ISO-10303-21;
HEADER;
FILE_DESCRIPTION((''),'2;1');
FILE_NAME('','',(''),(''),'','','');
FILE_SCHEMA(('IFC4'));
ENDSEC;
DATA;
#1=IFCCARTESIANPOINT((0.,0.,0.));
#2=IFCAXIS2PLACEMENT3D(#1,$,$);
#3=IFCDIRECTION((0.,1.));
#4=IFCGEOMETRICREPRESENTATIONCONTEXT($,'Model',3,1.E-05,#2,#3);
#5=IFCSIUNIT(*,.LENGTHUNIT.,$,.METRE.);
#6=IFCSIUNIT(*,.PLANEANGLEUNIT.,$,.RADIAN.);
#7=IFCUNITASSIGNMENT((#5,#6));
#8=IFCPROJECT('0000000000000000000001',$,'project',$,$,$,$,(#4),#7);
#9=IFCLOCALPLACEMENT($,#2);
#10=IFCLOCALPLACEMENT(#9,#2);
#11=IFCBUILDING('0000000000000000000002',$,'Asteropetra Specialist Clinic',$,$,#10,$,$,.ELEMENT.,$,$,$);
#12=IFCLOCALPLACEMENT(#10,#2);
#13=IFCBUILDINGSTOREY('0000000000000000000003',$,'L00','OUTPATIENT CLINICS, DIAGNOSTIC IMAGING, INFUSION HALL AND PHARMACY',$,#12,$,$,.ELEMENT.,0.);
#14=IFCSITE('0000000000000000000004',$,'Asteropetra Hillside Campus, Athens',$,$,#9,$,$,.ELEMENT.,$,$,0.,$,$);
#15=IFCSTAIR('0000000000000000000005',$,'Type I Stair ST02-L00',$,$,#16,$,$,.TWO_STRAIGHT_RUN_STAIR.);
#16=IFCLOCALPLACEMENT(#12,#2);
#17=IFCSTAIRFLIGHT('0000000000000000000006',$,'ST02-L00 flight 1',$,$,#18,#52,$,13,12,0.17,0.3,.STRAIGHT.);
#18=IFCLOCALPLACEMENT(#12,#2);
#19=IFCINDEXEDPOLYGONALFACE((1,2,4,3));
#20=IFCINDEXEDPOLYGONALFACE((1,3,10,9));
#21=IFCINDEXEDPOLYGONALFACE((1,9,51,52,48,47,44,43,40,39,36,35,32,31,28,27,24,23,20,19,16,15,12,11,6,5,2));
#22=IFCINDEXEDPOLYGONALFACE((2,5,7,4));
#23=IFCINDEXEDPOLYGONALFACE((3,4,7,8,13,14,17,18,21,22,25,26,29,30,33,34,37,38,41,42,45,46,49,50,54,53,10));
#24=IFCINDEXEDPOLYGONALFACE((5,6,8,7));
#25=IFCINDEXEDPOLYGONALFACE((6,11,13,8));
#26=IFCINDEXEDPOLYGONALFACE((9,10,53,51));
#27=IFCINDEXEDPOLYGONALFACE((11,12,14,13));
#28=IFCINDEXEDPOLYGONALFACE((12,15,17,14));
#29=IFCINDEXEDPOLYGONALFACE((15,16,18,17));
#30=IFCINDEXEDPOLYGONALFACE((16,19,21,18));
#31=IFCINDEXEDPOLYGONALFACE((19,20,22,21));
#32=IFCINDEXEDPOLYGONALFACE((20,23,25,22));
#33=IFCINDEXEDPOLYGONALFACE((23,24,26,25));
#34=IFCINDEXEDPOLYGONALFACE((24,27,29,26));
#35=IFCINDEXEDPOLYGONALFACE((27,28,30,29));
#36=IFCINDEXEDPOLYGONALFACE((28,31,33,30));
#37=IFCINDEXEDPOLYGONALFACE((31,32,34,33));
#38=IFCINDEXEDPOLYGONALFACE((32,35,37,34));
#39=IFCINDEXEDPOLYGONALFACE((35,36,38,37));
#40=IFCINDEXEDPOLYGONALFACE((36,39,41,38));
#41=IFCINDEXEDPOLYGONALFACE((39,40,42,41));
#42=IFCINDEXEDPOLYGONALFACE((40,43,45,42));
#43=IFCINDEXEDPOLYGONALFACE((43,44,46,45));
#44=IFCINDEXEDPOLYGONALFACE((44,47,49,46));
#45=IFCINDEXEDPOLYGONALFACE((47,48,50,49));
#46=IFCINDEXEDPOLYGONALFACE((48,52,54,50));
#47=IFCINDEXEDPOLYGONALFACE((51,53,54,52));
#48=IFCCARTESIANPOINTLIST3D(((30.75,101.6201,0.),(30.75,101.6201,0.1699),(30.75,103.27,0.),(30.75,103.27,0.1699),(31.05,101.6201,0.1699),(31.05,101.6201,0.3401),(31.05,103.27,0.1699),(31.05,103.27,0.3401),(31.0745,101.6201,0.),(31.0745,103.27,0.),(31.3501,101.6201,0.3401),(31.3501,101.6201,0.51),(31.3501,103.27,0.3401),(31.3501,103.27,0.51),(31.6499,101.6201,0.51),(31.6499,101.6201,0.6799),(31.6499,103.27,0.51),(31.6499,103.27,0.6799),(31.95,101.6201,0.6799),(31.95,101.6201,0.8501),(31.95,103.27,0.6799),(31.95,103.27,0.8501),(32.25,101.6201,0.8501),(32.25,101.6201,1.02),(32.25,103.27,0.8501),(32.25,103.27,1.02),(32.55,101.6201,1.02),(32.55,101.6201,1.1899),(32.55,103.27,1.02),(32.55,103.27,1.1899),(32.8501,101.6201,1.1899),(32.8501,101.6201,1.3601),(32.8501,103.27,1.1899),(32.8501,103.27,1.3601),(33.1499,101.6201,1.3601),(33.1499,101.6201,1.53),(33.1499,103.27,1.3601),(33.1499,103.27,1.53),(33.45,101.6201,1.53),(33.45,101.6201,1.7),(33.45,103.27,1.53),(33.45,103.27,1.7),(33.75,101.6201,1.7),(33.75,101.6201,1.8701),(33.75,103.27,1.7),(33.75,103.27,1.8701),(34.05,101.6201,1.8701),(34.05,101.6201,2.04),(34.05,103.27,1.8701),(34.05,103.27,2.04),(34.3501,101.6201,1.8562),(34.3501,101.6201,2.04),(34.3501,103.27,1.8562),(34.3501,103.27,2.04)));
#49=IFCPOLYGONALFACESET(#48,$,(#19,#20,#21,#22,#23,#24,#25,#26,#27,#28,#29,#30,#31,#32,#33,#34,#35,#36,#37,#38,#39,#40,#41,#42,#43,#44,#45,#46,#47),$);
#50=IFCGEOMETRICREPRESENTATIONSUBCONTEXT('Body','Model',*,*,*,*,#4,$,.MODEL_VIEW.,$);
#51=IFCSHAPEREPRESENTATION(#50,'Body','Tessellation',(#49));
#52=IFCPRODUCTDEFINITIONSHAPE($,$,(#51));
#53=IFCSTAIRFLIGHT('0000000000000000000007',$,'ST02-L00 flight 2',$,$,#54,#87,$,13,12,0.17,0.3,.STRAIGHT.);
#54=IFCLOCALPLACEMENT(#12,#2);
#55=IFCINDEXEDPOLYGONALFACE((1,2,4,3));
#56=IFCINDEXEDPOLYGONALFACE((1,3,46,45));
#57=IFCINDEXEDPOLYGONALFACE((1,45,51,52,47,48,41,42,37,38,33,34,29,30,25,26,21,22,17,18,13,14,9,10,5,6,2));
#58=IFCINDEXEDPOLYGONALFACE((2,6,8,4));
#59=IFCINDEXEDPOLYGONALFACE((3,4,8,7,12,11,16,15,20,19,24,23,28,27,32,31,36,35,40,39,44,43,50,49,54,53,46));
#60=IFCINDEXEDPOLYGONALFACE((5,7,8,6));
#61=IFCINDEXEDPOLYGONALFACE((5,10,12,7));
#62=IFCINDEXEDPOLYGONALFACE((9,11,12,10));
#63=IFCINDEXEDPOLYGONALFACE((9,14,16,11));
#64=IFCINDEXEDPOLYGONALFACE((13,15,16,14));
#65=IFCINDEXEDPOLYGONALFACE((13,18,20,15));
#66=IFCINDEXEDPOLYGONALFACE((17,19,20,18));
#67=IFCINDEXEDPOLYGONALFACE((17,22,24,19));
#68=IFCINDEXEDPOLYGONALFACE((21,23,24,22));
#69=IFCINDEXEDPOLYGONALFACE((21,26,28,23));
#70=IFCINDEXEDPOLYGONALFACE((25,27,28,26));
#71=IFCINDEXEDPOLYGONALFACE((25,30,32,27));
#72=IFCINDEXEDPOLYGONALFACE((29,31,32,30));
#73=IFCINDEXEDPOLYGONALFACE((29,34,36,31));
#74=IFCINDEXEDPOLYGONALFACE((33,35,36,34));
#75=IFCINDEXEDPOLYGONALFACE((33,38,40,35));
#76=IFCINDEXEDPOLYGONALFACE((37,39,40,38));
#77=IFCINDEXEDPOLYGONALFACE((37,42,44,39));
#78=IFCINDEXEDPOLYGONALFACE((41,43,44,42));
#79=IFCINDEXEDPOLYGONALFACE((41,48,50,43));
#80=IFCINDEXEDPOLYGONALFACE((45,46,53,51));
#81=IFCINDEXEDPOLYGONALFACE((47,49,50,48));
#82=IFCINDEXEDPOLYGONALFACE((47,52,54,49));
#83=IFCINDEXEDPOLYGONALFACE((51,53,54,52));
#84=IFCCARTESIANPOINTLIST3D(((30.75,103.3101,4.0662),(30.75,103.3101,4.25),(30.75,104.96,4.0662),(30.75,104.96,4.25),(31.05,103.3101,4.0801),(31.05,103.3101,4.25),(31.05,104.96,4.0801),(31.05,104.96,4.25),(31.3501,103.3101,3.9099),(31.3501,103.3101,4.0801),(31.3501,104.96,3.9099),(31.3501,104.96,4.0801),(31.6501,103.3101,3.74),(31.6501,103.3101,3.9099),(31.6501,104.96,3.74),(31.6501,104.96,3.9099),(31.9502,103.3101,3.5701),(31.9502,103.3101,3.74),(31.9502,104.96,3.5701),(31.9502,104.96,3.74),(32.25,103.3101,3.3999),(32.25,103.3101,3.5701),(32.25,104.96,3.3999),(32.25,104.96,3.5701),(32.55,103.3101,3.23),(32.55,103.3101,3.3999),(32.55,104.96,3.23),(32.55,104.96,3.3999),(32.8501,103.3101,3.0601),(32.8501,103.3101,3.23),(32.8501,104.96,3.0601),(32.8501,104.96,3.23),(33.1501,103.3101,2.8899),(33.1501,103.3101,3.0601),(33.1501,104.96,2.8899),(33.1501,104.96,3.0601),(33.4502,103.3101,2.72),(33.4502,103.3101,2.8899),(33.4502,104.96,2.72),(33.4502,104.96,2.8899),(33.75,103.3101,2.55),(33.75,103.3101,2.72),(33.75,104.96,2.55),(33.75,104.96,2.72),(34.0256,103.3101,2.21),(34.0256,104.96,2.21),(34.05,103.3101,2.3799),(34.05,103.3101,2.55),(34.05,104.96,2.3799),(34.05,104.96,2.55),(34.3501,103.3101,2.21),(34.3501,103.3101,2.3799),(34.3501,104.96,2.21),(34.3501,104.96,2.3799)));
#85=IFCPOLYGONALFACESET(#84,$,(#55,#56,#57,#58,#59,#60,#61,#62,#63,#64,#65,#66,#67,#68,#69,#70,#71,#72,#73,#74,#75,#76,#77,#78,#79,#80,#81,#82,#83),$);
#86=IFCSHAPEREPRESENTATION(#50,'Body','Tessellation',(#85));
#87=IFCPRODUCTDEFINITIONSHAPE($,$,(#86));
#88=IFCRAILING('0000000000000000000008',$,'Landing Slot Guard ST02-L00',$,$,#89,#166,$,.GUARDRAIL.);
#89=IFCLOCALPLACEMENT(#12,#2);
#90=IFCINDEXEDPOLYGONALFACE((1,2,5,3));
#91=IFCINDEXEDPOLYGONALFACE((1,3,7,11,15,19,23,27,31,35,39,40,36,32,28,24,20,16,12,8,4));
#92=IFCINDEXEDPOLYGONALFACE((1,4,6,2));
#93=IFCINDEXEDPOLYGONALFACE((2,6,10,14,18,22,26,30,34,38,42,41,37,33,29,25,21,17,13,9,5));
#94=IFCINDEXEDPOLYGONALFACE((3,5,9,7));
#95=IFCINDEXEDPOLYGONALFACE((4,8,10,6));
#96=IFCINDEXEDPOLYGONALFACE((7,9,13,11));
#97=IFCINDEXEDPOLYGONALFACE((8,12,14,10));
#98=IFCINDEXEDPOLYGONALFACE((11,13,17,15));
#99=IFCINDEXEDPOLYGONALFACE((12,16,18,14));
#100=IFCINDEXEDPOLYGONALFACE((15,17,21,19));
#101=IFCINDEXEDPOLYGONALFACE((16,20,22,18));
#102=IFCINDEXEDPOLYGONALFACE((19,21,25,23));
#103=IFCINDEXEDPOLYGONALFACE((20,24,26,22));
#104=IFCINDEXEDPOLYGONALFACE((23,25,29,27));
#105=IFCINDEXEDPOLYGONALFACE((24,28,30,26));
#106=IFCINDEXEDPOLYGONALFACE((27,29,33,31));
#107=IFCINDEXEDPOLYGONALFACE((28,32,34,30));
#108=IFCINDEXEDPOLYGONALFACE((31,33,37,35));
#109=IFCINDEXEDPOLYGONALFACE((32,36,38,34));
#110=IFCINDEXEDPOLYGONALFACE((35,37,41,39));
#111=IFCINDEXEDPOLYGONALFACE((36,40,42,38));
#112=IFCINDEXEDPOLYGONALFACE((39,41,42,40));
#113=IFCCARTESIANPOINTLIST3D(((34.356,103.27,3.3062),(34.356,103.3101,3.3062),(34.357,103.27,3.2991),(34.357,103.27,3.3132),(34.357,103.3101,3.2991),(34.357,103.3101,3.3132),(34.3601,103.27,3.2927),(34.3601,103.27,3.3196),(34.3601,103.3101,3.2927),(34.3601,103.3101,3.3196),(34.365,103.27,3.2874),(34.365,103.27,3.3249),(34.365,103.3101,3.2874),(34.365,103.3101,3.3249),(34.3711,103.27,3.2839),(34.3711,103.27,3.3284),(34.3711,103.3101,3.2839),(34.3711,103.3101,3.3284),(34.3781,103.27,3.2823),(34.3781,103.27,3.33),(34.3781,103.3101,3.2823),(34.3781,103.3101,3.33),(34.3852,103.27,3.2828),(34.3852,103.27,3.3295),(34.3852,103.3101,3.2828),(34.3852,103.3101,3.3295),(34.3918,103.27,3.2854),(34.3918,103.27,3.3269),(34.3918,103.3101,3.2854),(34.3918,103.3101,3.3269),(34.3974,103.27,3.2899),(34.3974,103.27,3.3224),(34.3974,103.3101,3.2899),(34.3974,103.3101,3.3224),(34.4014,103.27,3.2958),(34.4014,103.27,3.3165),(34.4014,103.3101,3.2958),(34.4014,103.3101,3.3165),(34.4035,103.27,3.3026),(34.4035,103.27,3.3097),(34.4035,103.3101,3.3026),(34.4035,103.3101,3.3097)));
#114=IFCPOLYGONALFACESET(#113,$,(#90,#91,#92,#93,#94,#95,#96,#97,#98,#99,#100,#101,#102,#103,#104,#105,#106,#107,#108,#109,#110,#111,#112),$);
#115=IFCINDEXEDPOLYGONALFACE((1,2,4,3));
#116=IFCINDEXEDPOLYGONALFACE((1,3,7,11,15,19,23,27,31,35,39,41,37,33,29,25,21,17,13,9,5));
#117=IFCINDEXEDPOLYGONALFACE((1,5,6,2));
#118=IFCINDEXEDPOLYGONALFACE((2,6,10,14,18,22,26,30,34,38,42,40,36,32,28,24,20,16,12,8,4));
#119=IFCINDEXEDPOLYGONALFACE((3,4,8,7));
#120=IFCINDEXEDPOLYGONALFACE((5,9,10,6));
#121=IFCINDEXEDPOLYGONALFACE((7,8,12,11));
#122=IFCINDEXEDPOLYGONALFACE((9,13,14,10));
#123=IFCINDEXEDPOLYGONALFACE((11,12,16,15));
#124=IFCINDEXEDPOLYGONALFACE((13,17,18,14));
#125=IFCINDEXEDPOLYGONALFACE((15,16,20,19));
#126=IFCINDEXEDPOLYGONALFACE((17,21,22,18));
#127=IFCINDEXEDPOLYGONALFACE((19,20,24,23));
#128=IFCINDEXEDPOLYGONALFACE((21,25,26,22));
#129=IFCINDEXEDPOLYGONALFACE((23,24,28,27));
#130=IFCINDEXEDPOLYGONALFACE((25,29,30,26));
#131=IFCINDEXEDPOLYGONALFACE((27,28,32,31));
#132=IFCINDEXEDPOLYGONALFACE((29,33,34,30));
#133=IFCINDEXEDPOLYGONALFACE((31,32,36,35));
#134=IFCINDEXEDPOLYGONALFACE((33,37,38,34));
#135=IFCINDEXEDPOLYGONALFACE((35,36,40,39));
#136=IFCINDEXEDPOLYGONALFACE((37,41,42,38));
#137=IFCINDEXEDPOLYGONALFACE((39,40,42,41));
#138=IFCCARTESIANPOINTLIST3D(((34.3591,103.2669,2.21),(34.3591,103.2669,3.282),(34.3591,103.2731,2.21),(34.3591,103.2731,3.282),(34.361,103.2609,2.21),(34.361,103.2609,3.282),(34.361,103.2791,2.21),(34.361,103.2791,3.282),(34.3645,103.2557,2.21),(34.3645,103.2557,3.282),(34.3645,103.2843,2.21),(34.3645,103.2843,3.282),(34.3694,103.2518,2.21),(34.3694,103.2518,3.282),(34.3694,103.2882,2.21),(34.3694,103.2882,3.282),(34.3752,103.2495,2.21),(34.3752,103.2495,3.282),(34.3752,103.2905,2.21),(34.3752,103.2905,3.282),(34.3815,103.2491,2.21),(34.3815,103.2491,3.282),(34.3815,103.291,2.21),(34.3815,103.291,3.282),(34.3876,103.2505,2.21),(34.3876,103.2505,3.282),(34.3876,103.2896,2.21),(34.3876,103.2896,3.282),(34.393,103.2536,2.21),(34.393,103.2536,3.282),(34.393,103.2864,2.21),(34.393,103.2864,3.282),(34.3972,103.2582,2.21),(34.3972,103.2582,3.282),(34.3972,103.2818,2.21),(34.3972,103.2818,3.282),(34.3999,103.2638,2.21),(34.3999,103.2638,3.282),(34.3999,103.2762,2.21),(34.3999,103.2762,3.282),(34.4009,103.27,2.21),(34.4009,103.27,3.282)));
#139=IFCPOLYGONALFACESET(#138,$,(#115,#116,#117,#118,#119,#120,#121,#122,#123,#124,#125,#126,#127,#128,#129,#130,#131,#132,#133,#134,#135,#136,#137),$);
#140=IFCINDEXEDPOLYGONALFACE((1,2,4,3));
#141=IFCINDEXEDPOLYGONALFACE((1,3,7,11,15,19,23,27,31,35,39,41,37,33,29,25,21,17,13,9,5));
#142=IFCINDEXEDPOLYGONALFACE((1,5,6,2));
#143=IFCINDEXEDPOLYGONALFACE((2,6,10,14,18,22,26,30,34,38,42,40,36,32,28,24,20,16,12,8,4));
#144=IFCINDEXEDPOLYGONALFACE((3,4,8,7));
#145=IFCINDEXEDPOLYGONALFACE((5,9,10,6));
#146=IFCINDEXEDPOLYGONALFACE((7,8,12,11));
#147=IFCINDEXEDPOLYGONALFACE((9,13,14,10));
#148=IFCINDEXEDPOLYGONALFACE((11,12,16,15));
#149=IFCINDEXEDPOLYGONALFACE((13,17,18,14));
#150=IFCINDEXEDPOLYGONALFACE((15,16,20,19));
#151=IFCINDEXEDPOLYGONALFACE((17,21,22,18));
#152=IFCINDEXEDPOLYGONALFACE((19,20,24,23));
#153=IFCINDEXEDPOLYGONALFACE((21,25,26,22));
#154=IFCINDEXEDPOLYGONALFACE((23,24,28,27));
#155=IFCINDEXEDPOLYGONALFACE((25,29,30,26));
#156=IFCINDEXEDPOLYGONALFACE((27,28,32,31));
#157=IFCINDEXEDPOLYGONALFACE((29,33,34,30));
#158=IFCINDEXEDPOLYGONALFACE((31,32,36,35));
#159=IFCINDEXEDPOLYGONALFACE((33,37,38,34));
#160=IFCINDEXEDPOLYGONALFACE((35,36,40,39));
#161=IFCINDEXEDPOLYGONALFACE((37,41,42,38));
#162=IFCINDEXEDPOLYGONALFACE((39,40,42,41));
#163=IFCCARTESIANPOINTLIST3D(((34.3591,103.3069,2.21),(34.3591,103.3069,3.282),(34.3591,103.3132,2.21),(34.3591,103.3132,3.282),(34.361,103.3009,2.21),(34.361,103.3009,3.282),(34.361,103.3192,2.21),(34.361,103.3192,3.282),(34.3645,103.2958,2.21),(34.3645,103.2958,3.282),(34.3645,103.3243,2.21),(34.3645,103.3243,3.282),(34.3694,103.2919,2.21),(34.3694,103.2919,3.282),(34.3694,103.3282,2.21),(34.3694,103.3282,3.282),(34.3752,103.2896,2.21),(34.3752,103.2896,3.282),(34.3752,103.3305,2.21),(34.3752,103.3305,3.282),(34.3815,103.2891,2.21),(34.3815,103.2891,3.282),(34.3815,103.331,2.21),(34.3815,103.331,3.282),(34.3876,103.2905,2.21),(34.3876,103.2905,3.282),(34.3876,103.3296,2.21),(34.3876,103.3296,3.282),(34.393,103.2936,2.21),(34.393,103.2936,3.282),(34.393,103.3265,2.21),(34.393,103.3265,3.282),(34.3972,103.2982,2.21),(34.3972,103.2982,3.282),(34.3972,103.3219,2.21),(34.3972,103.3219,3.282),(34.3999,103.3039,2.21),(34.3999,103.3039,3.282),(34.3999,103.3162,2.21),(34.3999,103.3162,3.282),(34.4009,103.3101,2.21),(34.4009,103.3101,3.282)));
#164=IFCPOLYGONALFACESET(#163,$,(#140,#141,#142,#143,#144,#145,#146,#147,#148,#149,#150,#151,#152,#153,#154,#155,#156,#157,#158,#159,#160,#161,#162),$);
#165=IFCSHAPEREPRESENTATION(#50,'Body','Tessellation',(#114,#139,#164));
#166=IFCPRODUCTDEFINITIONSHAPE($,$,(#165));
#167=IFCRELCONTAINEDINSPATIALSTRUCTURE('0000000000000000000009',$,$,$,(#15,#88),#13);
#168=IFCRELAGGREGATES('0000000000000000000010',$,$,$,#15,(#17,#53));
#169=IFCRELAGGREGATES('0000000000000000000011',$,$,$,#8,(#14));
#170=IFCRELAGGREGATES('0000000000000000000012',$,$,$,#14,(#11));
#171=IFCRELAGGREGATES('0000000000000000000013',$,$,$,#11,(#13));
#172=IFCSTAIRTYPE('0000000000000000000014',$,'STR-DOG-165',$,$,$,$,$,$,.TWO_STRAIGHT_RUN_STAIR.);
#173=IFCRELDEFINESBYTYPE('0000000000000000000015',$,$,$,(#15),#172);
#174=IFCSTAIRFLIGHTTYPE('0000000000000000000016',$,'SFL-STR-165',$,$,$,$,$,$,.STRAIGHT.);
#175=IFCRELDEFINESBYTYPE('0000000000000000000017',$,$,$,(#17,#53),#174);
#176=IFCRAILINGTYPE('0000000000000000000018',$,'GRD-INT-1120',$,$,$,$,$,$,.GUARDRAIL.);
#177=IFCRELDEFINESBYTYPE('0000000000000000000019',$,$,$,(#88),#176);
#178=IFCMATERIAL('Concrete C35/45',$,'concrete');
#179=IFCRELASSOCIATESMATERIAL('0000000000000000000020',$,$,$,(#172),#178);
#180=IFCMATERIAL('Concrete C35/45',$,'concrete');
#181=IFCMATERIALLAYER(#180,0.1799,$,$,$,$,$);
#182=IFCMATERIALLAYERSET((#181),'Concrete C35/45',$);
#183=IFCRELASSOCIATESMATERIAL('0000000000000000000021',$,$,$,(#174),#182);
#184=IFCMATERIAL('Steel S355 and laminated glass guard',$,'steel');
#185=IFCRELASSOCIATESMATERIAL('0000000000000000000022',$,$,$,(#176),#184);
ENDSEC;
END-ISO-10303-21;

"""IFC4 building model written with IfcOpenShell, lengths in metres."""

from ifc_helpers import new_model, si_unit, direction, frame, origin, origin_2d, place, context, subcontext, project, spatial, polyline, circle, outline, extrude, material, layer, layer_set, type_object, element, aggregate, save


model = new_model("IFC4")

# Units and contexts
model_context = context("Model", 3, precision=1e-05, world=origin(), true_north=direction((0.0, 1.0)))
body_context = subcontext(model_context, "Body", "Model", "MODEL_VIEW")
ifc_project = project(units=[si_unit("LENGTHUNIT", "METRE"), si_unit("PLANEANGLEUNIT", "RADIAN")], contexts=[model_context])

# Site, building, storey
site_placement = place(None, origin())
site = spatial("IfcSite", under=ifc_project, at=site_placement, Name="Asteropetra Hillside Campus, Athens", CompositionType="ELEMENT", RefElevation=0.0)
building_placement = place(site_placement, origin())
building = spatial("IfcBuilding", under=site, at=building_placement, Name="Asteropetra Specialist Clinic", CompositionType="ELEMENT")
storey_placement = place(building_placement, origin())
storey = spatial("IfcBuildingStorey", under=building, at=storey_placement, Name="L00", Description="OUTPATIENT CLINICS, DIAGNOSTIC IMAGING, INFUSION HALL AND PHARMACY", CompositionType="ELEMENT", Elevation=0.0)

# Stair, stair flights
ifc_material_1 = material(Name="Concrete C35/45", Category="concrete")
stair_type = type_object("IfcStairType", Name="STR-DOG-165", PredefinedType="TWO_STRAIGHT_RUN_STAIR", material=ifc_material_1)
stair_placement = place(storey_placement, origin())
stair = element("IfcStair", 1, at=stair_placement, inside=storey, type_object=stair_type, Name="Type I Stair ST02-L00", PredefinedType="TWO_STRAIGHT_RUN_STAIR")
ifc_material_2 = material(Name="Concrete C35/45", Category="concrete")
ifc_layer_1 = layer(ifc_material_2, 0.1799)
ifc_layer_set_1 = layer_set([ifc_layer_1], Name="Concrete C35/45")
stair_flight_type = type_object("IfcStairFlightType", Name="SFL-STR-165", PredefinedType="STRAIGHT", material=ifc_layer_set_1)
stair_flight_1_placement = place(storey_placement, frame((30.75, 102.4451, 0.0), z_axis=(0.0, 0.0, 1.0), x_axis=(1.0, 0.0, 0.0)))
stair_flight_1 = element("IfcStairFlight", 2, at=stair_flight_1_placement, type_object=stair_flight_type, Name="ST02-L00 flight 1", NumberOfRisers=13, NumberOfTreads=12, PredefinedType="STRAIGHT", RiserHeight=0.17, TreadLength=0.3, context=body_context, shape_type="SweptSolid", body=[
    extrude(outline(polyline([(0.0, 0.0), (0.0, 0.1699), (0.3, 0.1699), (0.3, 0.3401), (0.6001, 0.3401), (0.6001, 0.51), (0.8999, 0.51), (0.8999, 0.6799), (1.2, 0.6799), (1.2, 0.8501), (1.5, 0.8501), (1.5, 1.02), (1.8, 1.02), (1.8, 1.1899), (2.1001, 1.1899), (2.1001, 1.3601), (2.3999, 1.3601), (2.3999, 1.53), (2.7, 1.53), (2.7, 1.7), (3.0, 1.7), (3.0, 1.8701), (3.3, 1.8701), (3.3, 2.04), (3.6001, 2.04), (3.6001, 2.21), (3.6001, 1.8562), (0.3245, 0.0), (0.0, 0.0)])), frame((0.0, 0.825, 0.0), z_axis=(0.0, -1.0, 0.0), x_axis=(1.0, 0.0, 0.0)), (0.0, 0.0, 1.0), 1.6499),
])
stair_flight_2_placement = place(storey_placement, frame((34.3501, 104.135, 2.21), z_axis=(0.0, 0.0, 1.0), x_axis=(-1.0, 0.0, 0.0)))
stair_flight_2 = element("IfcStairFlight", 3, at=stair_flight_2_placement, type_object=stair_flight_type, Name="ST02-L00 flight 2", NumberOfRisers=13, NumberOfTreads=12, PredefinedType="STRAIGHT", RiserHeight=0.17, TreadLength=0.3, context=body_context, shape_type="SweptSolid", body=[
    extrude(outline(polyline([(0.0, 0.0), (0.0, 0.1699), (0.3, 0.1699), (0.3, 0.3401), (0.6001, 0.3401), (0.6001, 0.51), (0.8999, 0.51), (0.8999, 0.6799), (1.2, 0.6799), (1.2, 0.8501), (1.5, 0.8501), (1.5, 1.02), (1.8, 1.02), (1.8, 1.1899), (2.1001, 1.1899), (2.1001, 1.3601), (2.3999, 1.3601), (2.3999, 1.53), (2.7, 1.53), (2.7, 1.7), (3.0, 1.7), (3.0, 1.8701), (3.3, 1.8701), (3.3, 2.04), (3.6001, 2.04), (3.6001, 2.21), (3.6001, 1.8562), (0.3245, 0.0), (0.0, 0.0)])), frame((0.0, 0.825, 0.0), z_axis=(0.0, -1.0, 0.0), x_axis=(1.0, 0.0, 0.0)), (0.0, 0.0, 1.0), 1.6499),
])
aggregate(stair, [stair_flight_1, stair_flight_2])

# Railing
ifc_material_3 = material(Name="Steel S355 and laminated glass guard", Category="steel")
railing_type_1 = type_object("IfcRailingType", Name="GRD-INT-1120", PredefinedType="GUARDRAIL", material=ifc_material_3)
railing_1_placement = place(storey_placement, frame((34.3799, 103.27, 2.21)))
element("IfcRailing", 4, at=railing_1_placement, inside=storey, type_object=railing_type_1, Name="Landing Slot Guard ST02-L00", PredefinedType="GUARDRAIL", context=body_context, shape_type="SweptSolid", body=[
    extrude(circle(Radius=0.0239, at=origin_2d()), frame((0.0, 0.0, 1.0962), z_axis=(0.0, 1.0, 0.0), x_axis=(-1.0, 0.0, 0.0)), (0.0, 0.0, 1.0), 0.04),
    extrude(circle(Radius=0.021, at=origin_2d()), origin(), (0.0, 0.0, 1.0), 1.072),
    extrude(circle(Radius=0.021, at=origin_2d()), frame((0.0, 0.04, 0.0)), (0.0, 0.0, 1.0), 1.072),
])

save(model, "model.ifc")
